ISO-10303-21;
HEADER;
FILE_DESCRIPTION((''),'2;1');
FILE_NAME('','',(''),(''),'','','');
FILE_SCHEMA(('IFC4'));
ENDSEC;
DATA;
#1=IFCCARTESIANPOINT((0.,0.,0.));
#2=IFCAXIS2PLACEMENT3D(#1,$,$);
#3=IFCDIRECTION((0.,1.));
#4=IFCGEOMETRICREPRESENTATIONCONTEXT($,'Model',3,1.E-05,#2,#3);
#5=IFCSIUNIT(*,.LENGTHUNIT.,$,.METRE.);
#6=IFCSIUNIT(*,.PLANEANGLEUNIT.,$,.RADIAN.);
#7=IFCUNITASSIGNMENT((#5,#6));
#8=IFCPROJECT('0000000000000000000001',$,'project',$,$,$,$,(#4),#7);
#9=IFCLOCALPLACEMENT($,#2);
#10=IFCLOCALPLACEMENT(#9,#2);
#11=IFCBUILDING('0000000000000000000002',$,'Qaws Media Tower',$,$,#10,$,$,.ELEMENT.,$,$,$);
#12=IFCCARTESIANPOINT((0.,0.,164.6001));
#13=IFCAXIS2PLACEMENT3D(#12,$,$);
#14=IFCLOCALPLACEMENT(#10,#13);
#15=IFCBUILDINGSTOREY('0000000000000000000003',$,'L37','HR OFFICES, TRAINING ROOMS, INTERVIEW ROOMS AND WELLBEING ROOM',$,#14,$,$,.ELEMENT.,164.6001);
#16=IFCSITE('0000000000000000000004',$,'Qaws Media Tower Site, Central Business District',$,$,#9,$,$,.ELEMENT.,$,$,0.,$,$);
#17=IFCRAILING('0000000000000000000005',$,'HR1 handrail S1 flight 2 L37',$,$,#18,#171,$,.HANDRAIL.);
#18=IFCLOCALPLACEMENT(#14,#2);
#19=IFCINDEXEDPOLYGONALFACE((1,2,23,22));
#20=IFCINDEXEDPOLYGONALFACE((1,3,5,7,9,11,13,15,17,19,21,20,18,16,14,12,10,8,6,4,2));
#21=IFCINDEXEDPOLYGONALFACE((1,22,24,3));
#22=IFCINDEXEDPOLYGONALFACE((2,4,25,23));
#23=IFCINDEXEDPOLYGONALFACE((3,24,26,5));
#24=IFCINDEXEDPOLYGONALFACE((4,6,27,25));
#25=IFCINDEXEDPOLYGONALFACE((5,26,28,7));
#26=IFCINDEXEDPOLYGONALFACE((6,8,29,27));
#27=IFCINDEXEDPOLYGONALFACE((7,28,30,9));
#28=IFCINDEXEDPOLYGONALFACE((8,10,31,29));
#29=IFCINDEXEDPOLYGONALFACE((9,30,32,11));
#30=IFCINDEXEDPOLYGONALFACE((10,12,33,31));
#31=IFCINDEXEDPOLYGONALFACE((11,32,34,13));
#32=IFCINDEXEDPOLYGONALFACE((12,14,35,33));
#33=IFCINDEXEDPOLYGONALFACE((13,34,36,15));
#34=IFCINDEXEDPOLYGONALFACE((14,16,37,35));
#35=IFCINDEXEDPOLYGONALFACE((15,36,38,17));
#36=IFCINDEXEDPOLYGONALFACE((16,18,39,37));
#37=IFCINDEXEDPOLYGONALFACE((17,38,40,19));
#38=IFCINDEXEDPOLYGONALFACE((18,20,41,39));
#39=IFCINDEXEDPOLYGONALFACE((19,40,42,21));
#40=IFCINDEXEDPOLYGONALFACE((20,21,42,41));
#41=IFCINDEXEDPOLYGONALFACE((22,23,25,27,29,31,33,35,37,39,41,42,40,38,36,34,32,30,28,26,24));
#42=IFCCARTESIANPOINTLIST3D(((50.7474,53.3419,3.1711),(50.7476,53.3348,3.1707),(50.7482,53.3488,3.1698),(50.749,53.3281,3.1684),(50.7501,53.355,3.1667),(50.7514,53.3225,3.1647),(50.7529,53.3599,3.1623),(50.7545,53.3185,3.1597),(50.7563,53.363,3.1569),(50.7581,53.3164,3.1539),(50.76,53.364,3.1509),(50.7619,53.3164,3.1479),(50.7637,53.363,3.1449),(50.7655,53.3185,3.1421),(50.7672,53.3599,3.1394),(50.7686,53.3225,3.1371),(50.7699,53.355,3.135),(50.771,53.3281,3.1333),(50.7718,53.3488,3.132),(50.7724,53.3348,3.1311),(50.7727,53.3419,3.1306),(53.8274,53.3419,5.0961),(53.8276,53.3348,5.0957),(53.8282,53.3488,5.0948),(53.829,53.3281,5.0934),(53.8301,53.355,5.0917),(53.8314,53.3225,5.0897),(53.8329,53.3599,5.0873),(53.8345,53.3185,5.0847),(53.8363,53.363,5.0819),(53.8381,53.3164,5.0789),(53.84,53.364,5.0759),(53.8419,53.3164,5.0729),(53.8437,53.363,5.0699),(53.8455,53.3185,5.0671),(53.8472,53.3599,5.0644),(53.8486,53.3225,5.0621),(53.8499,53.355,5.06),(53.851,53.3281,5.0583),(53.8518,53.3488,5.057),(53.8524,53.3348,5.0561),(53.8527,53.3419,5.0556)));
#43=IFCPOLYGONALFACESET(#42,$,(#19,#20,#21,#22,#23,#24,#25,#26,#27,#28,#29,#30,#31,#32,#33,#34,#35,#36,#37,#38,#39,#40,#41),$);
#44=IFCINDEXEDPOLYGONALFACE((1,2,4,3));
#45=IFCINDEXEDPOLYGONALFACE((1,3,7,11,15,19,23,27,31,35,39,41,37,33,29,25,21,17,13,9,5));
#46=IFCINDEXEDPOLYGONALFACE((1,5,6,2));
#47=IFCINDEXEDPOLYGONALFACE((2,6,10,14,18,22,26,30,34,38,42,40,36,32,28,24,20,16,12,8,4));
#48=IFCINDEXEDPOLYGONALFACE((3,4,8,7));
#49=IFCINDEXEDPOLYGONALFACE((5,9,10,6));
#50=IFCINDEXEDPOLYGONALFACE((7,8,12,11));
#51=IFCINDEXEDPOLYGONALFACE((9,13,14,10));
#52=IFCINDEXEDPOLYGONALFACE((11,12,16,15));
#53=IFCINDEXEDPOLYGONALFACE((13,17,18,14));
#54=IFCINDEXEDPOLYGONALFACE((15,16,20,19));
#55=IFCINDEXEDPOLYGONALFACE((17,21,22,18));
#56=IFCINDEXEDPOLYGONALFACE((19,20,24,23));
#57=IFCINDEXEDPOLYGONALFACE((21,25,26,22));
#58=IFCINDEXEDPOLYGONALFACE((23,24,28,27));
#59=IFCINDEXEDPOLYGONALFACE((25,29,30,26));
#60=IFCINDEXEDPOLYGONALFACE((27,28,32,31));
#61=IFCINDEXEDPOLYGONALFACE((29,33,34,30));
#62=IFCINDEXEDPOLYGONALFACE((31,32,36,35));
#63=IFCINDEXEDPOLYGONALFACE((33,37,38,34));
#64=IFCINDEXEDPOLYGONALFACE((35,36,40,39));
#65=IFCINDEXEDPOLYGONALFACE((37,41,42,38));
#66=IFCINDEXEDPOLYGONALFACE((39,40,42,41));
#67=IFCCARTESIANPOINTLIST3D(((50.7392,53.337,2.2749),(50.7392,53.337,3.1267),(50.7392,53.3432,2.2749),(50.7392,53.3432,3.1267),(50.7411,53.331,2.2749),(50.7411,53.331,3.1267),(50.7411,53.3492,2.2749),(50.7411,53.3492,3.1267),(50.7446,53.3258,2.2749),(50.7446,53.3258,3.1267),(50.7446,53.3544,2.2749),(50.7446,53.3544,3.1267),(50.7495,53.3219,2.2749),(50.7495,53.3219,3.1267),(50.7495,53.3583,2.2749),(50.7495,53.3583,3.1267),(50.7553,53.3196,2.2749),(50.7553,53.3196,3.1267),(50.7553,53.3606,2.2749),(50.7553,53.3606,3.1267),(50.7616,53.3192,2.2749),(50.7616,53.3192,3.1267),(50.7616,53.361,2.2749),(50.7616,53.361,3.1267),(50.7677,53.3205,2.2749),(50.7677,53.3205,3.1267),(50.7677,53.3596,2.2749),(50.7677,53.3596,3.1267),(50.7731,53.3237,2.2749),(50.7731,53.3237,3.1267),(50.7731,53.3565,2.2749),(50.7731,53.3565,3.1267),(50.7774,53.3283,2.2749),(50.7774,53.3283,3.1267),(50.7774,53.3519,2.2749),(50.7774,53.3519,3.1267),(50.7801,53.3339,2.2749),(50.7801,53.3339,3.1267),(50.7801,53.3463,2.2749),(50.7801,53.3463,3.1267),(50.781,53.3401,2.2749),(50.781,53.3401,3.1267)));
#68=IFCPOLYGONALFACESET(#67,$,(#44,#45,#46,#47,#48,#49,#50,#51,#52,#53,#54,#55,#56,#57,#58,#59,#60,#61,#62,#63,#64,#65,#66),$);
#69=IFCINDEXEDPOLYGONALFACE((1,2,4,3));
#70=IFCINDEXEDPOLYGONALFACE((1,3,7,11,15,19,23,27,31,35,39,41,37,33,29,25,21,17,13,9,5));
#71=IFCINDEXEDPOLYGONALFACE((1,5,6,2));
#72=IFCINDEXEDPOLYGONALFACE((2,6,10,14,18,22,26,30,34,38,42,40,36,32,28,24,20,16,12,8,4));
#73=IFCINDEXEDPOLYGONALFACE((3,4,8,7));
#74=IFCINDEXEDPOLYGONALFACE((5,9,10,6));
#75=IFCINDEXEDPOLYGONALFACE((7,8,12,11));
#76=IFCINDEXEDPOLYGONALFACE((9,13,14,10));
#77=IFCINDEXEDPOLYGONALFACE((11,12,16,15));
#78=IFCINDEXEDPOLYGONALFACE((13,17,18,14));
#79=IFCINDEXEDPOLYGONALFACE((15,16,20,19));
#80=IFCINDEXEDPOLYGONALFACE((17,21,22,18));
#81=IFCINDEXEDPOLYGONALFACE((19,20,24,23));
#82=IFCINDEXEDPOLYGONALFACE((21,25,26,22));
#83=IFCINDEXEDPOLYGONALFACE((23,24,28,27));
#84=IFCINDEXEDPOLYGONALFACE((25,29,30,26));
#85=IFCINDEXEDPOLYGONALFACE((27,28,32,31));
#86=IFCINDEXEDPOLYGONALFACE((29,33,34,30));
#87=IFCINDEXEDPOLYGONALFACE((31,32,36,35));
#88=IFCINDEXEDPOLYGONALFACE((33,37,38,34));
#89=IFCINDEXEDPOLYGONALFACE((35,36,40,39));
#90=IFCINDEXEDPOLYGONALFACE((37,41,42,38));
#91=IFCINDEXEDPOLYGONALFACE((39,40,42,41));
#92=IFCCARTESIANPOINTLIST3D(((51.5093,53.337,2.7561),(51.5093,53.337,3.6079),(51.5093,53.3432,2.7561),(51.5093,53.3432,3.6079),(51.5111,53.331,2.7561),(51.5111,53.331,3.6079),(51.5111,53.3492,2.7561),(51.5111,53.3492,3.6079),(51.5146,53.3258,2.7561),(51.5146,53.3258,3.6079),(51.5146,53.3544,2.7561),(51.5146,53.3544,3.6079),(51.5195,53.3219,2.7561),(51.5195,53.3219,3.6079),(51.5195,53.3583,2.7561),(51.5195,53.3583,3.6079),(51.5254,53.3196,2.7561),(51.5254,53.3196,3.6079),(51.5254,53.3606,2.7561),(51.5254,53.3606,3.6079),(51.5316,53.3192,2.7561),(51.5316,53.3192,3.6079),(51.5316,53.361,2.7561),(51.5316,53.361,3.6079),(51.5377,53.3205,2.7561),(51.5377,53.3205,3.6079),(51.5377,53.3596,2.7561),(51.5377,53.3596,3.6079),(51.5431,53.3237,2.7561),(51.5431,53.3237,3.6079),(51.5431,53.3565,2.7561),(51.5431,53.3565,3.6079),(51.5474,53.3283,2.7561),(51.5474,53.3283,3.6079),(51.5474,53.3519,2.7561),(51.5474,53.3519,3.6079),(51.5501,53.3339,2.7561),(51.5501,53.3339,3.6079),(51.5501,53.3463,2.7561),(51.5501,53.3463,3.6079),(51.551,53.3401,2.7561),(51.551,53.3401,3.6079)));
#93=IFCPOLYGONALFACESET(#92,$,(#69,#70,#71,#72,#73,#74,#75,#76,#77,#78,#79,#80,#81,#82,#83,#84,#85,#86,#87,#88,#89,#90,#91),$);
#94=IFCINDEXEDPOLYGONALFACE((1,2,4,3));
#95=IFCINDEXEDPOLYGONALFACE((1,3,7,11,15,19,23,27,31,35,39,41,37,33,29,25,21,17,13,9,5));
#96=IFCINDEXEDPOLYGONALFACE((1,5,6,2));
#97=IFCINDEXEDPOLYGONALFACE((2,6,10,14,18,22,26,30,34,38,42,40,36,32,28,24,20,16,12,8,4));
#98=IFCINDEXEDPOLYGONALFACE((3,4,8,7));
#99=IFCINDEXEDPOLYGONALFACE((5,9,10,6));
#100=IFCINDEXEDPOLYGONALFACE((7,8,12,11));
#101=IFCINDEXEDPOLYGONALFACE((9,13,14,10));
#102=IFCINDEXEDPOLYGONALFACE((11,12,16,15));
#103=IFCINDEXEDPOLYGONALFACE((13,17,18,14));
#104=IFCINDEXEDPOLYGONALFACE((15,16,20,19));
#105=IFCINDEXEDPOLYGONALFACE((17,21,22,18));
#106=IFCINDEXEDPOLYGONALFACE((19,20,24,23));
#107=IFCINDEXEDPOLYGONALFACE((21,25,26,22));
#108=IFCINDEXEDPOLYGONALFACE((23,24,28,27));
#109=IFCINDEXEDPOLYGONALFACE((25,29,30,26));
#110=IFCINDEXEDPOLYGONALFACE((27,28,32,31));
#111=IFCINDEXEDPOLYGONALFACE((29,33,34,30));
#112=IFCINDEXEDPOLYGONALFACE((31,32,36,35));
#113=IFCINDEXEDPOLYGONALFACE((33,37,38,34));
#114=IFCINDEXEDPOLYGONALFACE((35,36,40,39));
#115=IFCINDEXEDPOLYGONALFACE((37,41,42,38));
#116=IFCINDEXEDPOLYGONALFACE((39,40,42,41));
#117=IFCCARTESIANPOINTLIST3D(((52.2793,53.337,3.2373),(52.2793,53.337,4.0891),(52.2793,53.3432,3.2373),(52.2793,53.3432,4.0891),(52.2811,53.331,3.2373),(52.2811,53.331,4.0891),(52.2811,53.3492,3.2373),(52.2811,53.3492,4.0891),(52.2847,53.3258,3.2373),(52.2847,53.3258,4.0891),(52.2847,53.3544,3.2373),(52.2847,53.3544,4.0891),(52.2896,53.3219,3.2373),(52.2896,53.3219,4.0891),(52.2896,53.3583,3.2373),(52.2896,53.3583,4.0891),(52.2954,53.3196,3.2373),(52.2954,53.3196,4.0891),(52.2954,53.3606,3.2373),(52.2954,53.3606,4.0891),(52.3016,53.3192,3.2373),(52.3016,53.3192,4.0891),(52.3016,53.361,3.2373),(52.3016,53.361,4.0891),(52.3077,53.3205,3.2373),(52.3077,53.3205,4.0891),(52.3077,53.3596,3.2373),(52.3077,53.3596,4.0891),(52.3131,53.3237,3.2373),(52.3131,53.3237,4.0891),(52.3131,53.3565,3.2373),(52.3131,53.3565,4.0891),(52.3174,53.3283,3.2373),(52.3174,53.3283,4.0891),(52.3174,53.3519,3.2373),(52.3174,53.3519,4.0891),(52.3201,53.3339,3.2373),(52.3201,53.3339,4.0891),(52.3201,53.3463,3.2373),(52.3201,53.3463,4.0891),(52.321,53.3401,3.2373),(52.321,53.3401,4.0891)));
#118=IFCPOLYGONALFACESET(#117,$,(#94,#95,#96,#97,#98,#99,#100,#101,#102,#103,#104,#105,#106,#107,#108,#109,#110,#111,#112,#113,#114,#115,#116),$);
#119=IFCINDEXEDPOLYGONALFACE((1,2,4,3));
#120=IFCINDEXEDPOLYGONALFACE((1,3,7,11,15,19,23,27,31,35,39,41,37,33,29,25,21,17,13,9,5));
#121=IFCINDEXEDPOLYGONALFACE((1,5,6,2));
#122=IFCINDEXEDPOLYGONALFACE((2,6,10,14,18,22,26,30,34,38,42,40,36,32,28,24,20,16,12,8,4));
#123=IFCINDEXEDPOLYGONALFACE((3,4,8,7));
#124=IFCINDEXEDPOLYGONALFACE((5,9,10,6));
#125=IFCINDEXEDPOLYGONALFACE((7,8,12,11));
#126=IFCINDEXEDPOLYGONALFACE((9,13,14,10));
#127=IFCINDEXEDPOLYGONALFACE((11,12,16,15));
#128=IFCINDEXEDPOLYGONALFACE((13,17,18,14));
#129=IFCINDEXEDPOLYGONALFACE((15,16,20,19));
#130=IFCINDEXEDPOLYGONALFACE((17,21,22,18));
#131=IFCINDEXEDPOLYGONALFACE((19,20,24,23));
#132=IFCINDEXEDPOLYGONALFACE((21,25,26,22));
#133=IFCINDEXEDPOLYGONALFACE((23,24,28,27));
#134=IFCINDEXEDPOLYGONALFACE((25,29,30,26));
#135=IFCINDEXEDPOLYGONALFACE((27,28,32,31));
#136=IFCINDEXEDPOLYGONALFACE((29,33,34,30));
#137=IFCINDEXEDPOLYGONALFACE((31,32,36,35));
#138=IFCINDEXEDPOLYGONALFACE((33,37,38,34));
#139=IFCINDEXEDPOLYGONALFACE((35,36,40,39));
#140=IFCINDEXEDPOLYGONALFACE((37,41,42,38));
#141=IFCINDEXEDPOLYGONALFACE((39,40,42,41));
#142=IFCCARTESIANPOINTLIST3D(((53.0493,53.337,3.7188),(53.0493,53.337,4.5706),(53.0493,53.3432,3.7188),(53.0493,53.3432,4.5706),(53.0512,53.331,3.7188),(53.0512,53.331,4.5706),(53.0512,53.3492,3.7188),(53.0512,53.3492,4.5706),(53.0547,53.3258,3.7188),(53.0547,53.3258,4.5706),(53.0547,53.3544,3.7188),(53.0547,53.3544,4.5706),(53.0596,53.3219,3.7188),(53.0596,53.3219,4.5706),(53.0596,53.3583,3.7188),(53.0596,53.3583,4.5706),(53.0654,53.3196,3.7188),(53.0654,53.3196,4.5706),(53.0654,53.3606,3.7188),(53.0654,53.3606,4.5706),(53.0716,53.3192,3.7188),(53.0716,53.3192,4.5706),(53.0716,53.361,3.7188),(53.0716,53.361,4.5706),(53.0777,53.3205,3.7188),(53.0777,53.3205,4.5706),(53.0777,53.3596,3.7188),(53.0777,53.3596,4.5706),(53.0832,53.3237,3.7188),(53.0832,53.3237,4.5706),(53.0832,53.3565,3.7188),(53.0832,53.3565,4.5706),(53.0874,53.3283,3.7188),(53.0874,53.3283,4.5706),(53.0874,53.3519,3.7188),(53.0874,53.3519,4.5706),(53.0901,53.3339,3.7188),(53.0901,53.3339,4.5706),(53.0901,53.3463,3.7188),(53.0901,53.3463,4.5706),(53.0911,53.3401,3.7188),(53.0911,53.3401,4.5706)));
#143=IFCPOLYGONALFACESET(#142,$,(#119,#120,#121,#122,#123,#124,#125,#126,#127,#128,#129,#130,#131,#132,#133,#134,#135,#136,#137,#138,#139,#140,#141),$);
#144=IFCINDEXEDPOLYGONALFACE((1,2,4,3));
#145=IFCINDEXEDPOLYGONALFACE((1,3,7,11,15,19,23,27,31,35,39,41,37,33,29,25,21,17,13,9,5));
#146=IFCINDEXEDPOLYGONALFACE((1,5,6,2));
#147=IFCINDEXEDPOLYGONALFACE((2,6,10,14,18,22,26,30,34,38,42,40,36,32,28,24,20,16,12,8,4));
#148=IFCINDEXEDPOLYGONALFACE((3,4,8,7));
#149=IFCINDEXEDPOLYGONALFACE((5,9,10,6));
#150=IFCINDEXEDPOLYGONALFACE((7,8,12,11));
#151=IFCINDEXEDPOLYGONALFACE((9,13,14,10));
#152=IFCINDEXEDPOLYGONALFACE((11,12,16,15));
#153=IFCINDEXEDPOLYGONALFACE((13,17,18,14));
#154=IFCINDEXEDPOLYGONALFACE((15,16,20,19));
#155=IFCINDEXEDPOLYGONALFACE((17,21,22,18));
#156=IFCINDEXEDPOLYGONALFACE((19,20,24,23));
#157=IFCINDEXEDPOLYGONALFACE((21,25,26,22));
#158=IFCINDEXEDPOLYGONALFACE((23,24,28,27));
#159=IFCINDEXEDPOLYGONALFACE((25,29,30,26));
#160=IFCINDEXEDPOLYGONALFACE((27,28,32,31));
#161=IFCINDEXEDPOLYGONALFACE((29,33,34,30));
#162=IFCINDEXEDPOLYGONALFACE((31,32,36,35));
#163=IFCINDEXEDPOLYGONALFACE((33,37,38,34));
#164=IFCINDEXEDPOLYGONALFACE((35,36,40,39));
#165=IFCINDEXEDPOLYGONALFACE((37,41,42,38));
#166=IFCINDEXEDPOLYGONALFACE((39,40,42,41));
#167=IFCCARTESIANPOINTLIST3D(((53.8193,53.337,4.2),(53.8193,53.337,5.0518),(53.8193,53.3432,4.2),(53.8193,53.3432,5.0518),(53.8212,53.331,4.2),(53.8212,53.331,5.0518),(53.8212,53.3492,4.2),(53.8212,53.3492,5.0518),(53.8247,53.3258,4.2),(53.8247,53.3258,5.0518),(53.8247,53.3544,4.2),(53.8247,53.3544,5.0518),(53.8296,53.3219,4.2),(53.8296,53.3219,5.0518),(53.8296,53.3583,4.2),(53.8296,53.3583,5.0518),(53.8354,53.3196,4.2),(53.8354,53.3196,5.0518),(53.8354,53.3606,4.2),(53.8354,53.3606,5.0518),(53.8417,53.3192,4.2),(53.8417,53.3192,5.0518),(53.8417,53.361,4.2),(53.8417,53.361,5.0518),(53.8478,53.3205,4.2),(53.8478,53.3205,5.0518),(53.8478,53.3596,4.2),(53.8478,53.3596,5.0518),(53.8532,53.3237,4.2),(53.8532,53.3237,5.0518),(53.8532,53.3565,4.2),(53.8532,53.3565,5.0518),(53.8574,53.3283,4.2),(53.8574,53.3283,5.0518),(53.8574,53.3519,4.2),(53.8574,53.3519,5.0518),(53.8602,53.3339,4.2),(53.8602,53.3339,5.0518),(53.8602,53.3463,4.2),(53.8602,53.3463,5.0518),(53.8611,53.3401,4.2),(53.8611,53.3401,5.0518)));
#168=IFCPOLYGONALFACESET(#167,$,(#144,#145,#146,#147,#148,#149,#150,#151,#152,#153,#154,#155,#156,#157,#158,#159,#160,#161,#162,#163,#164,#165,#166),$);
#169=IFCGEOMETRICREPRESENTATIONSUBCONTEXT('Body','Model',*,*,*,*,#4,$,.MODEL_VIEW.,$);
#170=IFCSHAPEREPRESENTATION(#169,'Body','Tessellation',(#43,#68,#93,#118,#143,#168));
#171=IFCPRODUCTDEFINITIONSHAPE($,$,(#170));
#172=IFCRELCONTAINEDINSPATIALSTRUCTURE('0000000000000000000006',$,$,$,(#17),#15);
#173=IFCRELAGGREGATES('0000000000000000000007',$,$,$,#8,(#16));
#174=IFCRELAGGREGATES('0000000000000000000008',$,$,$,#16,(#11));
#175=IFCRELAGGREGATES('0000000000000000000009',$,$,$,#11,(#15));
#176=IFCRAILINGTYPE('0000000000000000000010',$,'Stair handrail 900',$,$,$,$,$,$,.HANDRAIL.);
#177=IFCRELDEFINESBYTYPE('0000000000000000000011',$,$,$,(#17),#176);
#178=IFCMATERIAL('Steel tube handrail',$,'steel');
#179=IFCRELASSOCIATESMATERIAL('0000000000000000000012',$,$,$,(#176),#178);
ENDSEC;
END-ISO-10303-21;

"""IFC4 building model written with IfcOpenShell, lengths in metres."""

from ifc_helpers import new_model, si_unit, direction, frame, origin, origin_2d, place, context, subcontext, project, spatial, circle, extrude, material, type_object, element, save


model = new_model("IFC4")

# Units and contexts
model_context = context("Model", 3, precision=1e-05, world=origin(), true_north=direction((0.0, 1.0)))
body_context = subcontext(model_context, "Body", "Model", "MODEL_VIEW")
ifc_project = project(units=[si_unit("LENGTHUNIT", "METRE"), si_unit("PLANEANGLEUNIT", "RADIAN")], contexts=[model_context])

# Site, building, storey
site_placement = place(None, origin())
site = spatial("IfcSite", under=ifc_project, at=site_placement, Name="Qaws Media Tower Site, Central Business District", CompositionType="ELEMENT", RefElevation=0.0)
building_placement = place(site_placement, origin())
building = spatial("IfcBuilding", under=site, at=building_placement, Name="Qaws Media Tower", CompositionType="ELEMENT")
storey_placement = place(building_placement, frame((0.0, 0.0, 164.6001)))
storey = spatial("IfcBuildingStorey", under=building, at=storey_placement, Name="L37", Description="HR OFFICES, TRAINING ROOMS, INTERVIEW ROOMS AND WELLBEING ROOM", CompositionType="ELEMENT", Elevation=164.6001)

# Railing
ifc_material_1 = material(Name="Steel tube handrail", Category="steel")
railing_type = type_object("IfcRailingType", Name="Stair handrail 900", PredefinedType="HANDRAIL", material=ifc_material_1)
for number, where, name in (
    (1, (50.76, 53.3401, 2.2749), "HR1 handrail S1 flight 2 L37"),
):
    element("IfcRailing", number, at=place(storey_placement, frame(where)), inside=storey, type_object=railing_type, Name=name, PredefinedType="HANDRAIL", context=body_context, shape_type="SweptSolid", body=[
        extrude(circle(Radius=0.0239, at=origin_2d()), frame((0.0, 0.0, 0.876), z_axis=(0.847998, 0.0, 0.529999), x_axis=(0.0, 1.0, 0.0)), (0.0, 0.0, 1.0), 3.6321),
        extrude(circle(Radius=0.021, at=origin_2d()), origin(), (0.0, 0.0, 1.0), 0.8518),
        extrude(circle(Radius=0.021, at=origin_2d()), frame((0.77, 0.0, 0.4812)), (0.0, 0.0, 1.0), 0.8518),
        extrude(circle(Radius=0.021, at=origin_2d()), frame((1.54, 0.0, 0.9624)), (0.0, 0.0, 1.0), 0.8518),
        extrude(circle(Radius=0.021, at=origin_2d()), frame((2.3101, 0.0, 1.4438)), (0.0, 0.0, 1.0), 0.8518),
        extrude(circle(Radius=0.021, at=origin_2d()), frame((3.0801, 0.0, 1.925)), (0.0, 0.0, 1.0), 0.8518),
    ])

save(model, "model.ifc")
